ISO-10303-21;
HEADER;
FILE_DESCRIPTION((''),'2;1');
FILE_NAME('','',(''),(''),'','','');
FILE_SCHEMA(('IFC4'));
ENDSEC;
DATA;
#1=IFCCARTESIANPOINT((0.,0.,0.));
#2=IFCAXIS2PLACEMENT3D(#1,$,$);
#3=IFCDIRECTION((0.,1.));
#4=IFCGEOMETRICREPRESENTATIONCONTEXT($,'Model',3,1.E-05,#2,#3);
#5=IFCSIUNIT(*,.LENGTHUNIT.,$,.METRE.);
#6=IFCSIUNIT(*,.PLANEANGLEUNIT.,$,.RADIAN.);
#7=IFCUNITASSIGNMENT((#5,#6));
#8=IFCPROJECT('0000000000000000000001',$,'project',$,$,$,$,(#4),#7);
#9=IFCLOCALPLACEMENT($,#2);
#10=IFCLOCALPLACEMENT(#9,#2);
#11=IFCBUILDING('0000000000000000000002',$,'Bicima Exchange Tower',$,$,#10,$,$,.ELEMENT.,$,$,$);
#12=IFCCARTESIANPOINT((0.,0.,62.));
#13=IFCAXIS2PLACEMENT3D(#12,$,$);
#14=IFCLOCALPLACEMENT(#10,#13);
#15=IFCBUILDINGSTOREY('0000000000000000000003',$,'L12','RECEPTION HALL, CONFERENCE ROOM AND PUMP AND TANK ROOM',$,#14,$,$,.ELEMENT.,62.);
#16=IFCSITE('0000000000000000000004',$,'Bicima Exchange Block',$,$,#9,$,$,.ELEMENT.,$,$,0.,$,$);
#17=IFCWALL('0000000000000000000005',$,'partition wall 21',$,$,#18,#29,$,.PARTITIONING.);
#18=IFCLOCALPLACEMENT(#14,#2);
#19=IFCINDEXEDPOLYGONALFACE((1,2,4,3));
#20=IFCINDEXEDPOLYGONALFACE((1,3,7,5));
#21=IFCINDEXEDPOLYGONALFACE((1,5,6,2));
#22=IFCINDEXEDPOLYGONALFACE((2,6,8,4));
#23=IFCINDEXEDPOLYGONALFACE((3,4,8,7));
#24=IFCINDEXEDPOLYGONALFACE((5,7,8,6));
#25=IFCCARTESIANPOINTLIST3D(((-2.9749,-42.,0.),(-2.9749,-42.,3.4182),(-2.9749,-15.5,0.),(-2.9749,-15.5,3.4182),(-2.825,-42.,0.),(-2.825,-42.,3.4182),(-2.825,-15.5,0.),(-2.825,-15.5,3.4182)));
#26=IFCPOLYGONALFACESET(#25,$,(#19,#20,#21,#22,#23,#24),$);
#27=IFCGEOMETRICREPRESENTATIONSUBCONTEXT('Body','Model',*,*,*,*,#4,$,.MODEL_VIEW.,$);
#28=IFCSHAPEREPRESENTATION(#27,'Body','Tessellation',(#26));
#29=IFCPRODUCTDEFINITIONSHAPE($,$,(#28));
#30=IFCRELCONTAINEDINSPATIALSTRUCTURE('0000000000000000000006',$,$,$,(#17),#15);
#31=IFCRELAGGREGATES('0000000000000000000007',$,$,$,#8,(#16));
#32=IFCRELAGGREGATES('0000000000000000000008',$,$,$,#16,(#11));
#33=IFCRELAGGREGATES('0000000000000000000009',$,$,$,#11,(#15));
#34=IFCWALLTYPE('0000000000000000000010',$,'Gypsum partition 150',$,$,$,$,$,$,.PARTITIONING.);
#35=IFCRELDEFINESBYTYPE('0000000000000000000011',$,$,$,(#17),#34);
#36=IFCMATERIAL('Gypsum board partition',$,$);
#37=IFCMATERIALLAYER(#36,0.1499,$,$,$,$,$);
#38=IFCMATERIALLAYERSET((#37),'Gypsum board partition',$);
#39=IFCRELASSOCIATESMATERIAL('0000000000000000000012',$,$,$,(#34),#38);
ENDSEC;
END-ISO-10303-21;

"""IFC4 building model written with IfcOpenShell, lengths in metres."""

from ifc_helpers import new_model, si_unit, direction, frame, frame_2d, origin, place, context, subcontext, project, spatial, rectangle, extrude, material, layer, layer_set, type_object, element, save


model = new_model("IFC4")

# Units and contexts
model_context = context("Model", 3, precision=1e-05, world=origin(), true_north=direction((0.0, 1.0)))
body_context = subcontext(model_context, "Body", "Model", "MODEL_VIEW")
ifc_project = project(units=[si_unit("LENGTHUNIT", "METRE"), si_unit("PLANEANGLEUNIT", "RADIAN")], contexts=[model_context])

# Site, building, storey
site_placement = place(None, origin())
site = spatial("IfcSite", under=ifc_project, at=site_placement, Name="Bicima Exchange Block", CompositionType="ELEMENT", RefElevation=0.0)
building_placement = place(site_placement, origin())
building = spatial("IfcBuilding", under=site, at=building_placement, Name="Bicima Exchange Tower", CompositionType="ELEMENT")
storey_placement = place(building_placement, frame((0.0, 0.0, 62.0)))
storey = spatial("IfcBuildingStorey", under=building, at=storey_placement, Name="L12", Description="RECEPTION HALL, CONFERENCE ROOM AND PUMP AND TANK ROOM", CompositionType="ELEMENT", Elevation=62.0)

# Wall
ifc_material_1 = material(Name="Gypsum board partition")
ifc_layer_1 = layer(ifc_material_1, 0.1499)
ifc_layer_set_1 = layer_set([ifc_layer_1], Name="Gypsum board partition")
wall_type = type_object("IfcWallType", Name="Gypsum partition 150", PredefinedType="PARTITIONING", material=ifc_layer_set_1)
wall_1_placement = place(storey_placement, frame((-2.8999, -42.0, 0.0), z_axis=(0.0, 0.0, 1.0), x_axis=(0.0, 1.0, 0.0)))
element("IfcWall", 1, at=wall_1_placement, inside=storey, type_object=wall_type, Name="partition wall 21", PredefinedType="PARTITIONING", context=body_context, shape_type="SweptSolid", body=[
    extrude(rectangle(XDim=26.5, YDim=0.1499, at=frame_2d((13.25, 0.0))), origin(), (0.0, 0.0, 1.0), 3.4182),
])

save(model, "model.ifc")
